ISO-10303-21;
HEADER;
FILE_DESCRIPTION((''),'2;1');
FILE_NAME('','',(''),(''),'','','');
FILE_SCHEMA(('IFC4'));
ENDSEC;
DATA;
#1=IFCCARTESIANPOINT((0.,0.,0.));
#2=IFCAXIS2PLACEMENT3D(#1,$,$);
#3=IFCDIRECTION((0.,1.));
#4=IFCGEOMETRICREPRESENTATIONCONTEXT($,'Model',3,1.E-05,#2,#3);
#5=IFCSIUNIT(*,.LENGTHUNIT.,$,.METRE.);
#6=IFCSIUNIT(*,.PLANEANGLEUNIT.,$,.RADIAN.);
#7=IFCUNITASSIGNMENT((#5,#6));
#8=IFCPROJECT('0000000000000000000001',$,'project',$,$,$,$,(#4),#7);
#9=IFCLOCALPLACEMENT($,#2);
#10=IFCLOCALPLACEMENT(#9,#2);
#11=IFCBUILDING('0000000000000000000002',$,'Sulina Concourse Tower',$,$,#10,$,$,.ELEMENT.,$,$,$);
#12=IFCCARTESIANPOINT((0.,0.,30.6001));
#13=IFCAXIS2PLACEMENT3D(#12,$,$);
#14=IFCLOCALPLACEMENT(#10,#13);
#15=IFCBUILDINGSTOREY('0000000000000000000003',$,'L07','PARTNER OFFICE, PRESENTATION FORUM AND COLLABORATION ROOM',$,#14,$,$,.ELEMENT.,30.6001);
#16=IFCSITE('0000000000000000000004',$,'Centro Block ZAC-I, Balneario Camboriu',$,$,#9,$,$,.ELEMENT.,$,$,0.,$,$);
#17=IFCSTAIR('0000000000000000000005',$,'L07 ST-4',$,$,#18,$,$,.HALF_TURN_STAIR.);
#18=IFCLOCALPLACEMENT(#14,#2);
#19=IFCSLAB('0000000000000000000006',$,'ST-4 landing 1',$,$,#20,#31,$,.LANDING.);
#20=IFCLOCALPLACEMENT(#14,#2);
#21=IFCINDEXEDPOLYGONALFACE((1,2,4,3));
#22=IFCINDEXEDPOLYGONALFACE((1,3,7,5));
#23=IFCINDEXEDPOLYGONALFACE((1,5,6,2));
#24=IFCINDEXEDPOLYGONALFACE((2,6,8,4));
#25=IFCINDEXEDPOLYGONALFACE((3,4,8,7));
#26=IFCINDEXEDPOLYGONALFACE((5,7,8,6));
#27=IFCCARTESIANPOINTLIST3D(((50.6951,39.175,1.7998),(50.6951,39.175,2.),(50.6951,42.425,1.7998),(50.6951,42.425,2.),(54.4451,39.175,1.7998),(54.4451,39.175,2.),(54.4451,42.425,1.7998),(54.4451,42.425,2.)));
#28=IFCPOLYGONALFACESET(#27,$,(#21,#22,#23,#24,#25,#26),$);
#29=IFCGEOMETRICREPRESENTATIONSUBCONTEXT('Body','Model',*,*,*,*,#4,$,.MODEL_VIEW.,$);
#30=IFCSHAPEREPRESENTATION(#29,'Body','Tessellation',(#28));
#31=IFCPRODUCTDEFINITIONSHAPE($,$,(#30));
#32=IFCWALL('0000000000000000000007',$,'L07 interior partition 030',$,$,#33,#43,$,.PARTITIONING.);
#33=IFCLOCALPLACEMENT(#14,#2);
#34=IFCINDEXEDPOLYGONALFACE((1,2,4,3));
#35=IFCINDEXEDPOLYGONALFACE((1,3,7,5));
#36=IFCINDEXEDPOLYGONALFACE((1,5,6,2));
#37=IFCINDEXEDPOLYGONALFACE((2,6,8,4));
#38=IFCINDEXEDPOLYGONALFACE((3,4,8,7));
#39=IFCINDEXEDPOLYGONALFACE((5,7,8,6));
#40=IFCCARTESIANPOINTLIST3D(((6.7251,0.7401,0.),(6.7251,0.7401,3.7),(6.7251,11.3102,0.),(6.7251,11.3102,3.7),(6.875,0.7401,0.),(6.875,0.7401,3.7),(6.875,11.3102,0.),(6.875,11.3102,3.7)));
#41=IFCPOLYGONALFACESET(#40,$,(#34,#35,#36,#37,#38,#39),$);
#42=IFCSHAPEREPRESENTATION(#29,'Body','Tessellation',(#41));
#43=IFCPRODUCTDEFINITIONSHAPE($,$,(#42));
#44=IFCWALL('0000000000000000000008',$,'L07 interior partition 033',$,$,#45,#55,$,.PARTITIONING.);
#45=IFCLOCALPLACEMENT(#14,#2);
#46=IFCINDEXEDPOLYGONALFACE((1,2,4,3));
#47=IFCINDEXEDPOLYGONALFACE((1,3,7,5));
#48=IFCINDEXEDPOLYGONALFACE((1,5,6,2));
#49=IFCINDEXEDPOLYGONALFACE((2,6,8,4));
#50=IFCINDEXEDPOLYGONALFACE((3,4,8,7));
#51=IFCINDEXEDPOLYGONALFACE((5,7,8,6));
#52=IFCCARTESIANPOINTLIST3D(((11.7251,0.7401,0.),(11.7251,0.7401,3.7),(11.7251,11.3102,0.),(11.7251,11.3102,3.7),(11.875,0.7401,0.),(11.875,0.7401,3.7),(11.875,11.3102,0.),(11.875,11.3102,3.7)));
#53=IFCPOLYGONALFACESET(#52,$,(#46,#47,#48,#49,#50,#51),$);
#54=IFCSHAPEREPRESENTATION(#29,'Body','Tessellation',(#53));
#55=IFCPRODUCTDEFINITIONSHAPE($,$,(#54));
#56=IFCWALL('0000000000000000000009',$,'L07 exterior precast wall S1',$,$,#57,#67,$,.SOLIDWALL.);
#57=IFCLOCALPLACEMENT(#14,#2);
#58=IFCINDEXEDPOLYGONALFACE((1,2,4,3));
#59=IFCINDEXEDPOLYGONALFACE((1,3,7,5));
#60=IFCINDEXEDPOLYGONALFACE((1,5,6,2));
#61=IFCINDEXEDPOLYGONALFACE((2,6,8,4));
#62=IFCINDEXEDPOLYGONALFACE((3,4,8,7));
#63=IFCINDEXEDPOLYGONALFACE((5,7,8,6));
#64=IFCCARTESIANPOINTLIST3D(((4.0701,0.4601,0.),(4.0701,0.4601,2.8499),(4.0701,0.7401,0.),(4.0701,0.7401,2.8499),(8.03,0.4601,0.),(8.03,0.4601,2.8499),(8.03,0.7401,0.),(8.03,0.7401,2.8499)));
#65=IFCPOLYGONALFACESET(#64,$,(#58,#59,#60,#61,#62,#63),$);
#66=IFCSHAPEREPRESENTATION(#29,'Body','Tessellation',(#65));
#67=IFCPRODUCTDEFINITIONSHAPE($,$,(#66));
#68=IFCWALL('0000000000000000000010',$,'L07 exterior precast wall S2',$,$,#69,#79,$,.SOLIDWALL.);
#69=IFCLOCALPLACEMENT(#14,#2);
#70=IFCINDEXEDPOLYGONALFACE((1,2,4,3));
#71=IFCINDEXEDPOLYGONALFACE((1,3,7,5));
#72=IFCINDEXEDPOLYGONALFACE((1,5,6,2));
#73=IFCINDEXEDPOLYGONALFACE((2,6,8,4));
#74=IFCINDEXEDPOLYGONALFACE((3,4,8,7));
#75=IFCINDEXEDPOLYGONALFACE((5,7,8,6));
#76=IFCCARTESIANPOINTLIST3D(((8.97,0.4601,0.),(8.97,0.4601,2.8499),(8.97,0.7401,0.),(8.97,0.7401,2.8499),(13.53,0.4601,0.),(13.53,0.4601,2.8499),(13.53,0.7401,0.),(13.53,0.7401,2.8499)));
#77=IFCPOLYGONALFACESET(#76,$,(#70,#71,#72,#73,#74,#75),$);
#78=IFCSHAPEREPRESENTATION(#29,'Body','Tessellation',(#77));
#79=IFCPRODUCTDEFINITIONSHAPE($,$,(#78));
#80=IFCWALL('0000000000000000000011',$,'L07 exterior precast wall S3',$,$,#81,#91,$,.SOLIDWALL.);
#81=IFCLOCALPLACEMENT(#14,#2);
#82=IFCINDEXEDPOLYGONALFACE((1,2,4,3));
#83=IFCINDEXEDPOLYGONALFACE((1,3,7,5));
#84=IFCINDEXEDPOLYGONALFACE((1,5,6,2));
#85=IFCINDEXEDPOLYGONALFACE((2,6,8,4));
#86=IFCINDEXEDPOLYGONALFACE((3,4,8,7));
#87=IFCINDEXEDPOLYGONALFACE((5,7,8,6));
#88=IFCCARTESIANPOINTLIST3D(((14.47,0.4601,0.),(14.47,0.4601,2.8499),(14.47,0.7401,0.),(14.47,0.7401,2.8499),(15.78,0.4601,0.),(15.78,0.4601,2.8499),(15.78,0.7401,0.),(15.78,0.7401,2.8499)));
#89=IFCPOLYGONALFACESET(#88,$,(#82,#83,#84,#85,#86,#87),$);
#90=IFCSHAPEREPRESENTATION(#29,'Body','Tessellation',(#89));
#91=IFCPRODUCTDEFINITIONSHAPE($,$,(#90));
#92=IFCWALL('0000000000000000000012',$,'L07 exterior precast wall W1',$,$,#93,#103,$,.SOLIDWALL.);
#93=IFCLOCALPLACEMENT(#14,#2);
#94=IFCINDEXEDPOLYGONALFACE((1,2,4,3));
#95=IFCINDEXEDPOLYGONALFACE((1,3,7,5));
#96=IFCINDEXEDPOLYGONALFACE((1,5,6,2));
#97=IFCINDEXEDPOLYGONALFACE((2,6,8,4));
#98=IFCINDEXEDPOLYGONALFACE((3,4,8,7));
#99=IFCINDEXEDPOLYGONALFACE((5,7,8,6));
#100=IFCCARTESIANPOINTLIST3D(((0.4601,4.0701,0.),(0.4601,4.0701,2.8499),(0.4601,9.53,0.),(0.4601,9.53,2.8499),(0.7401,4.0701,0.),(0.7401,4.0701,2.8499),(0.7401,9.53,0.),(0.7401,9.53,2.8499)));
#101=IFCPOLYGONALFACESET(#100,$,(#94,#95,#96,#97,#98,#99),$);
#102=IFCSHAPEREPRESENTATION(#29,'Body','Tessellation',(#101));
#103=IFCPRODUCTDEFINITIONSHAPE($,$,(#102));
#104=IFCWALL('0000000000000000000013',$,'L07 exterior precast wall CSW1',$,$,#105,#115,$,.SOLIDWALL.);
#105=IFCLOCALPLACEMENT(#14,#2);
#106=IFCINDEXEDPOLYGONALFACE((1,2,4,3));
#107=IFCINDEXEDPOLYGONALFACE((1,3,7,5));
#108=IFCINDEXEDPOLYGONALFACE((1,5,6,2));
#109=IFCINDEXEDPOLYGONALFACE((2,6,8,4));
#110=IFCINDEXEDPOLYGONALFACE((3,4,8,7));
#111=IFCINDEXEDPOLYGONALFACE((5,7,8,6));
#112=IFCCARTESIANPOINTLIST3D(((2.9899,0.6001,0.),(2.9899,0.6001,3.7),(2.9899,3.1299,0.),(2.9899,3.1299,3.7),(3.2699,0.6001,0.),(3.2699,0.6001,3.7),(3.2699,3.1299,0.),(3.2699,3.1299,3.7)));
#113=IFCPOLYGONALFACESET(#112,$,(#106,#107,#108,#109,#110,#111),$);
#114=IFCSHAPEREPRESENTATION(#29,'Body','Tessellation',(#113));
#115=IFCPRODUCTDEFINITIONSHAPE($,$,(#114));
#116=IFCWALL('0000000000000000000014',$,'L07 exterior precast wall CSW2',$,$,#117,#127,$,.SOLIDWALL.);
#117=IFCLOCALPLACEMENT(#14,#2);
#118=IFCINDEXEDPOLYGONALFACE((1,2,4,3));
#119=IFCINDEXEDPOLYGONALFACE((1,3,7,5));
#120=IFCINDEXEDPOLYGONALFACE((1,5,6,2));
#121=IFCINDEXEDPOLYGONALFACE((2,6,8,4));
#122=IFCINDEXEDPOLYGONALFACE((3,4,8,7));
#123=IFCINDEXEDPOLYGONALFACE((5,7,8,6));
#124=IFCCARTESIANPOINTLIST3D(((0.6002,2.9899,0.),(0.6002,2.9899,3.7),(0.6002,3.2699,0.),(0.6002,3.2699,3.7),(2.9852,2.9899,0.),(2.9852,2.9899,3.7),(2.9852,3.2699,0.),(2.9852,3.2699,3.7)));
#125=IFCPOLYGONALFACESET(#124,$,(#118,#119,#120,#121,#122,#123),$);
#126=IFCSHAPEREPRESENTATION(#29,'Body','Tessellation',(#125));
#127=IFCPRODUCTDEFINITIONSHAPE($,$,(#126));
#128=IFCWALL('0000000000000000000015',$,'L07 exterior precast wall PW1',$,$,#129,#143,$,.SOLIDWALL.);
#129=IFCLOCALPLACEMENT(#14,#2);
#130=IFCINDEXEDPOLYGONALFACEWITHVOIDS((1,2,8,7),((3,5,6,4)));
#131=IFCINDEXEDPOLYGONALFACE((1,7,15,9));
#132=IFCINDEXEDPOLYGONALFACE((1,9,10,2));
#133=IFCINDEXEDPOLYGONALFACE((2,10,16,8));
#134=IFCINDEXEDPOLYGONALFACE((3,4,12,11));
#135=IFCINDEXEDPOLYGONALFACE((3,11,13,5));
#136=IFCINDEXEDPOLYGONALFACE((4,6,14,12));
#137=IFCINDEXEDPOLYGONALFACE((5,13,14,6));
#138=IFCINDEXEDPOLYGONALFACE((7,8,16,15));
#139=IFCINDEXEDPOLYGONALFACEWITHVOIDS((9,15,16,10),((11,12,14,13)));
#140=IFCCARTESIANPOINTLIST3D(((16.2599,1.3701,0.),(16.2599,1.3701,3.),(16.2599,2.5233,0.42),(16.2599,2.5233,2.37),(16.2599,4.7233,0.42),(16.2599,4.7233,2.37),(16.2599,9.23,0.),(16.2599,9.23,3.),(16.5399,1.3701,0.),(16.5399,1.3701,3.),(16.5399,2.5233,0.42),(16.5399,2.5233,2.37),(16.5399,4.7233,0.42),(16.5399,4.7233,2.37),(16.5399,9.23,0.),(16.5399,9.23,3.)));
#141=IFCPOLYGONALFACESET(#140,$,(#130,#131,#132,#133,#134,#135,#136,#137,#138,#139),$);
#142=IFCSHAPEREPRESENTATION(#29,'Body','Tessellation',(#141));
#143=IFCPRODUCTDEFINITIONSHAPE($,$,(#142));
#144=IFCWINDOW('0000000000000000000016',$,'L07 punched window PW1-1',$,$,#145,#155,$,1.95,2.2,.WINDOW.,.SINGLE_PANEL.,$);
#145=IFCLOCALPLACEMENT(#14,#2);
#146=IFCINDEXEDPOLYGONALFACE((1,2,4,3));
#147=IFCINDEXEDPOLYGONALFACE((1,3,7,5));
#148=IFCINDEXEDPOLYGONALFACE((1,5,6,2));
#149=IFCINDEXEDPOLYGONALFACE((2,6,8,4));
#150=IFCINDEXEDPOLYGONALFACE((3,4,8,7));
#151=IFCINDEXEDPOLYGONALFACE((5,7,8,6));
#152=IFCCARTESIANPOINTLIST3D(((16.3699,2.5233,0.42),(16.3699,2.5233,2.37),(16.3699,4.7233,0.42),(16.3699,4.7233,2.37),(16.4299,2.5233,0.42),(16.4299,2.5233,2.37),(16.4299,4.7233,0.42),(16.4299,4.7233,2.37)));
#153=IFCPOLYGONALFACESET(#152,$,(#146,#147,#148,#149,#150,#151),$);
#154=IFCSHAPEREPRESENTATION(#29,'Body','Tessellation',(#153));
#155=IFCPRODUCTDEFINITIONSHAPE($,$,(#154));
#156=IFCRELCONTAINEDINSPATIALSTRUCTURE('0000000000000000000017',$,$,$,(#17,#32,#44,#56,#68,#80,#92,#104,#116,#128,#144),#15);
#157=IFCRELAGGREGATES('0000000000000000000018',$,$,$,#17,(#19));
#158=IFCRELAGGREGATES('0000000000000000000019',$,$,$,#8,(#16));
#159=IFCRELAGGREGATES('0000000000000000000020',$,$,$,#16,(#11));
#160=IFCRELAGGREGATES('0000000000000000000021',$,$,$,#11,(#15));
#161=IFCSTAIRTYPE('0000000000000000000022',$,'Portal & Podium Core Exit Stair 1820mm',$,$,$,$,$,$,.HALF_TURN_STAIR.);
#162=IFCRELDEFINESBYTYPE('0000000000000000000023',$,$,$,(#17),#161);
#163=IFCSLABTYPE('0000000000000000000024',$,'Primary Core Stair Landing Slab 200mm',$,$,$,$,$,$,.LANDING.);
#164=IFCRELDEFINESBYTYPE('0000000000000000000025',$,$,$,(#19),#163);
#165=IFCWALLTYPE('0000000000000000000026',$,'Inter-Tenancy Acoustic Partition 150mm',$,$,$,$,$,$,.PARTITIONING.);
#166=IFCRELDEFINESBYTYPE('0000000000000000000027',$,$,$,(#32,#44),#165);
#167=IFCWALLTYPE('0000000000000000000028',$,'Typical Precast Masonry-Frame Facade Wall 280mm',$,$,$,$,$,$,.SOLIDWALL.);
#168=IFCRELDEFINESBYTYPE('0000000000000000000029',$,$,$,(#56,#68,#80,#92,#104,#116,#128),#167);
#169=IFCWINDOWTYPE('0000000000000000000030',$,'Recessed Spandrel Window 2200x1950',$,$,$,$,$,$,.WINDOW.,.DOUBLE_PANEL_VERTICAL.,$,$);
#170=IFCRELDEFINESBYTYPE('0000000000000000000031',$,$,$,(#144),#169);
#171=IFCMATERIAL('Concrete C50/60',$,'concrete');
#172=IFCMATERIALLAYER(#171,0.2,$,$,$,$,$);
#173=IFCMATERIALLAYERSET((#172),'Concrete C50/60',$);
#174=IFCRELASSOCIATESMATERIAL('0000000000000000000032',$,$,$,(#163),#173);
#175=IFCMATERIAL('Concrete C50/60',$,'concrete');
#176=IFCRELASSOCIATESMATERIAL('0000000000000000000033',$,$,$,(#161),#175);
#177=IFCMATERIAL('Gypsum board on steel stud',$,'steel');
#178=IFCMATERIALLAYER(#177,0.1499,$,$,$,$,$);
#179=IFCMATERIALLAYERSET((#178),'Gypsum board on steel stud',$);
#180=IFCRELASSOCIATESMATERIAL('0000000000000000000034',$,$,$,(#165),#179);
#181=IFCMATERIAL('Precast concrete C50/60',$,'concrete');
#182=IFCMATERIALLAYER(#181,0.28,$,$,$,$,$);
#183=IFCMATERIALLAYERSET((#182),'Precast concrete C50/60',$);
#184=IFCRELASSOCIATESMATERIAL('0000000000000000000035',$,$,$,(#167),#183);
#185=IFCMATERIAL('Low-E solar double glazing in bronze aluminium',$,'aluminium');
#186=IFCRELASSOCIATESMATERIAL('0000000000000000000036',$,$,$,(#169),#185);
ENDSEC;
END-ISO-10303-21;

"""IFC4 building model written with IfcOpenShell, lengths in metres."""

from ifc_helpers import new_model, si_unit, direction, frame, frame_2d, origin, place, context, subcontext, project, spatial, polyline, rectangle, outline, extrude, material, layer, layer_set, type_object, element, fill, aggregate, save


model = new_model("IFC4")

# Units and contexts
model_context = context("Model", 3, precision=1e-05, world=origin(), true_north=direction((0.0, 1.0)))
body_context = subcontext(model_context, "Body", "Model", "MODEL_VIEW")
ifc_project = project(units=[si_unit("LENGTHUNIT", "METRE"), si_unit("PLANEANGLEUNIT", "RADIAN")], contexts=[model_context])

# Site, building, storey
site_placement = place(None, origin())
site = spatial("IfcSite", under=ifc_project, at=site_placement, Name="Centro Block ZAC-I, Balneario Camboriu", CompositionType="ELEMENT", RefElevation=0.0)
building_placement = place(site_placement, origin())
building = spatial("IfcBuilding", under=site, at=building_placement, Name="Sulina Concourse Tower", CompositionType="ELEMENT")
storey_placement = place(building_placement, frame((0.0, 0.0, 30.6001)))
storey = spatial("IfcBuildingStorey", under=building, at=storey_placement, Name="L07", Description="PARTNER OFFICE, PRESENTATION FORUM AND COLLABORATION ROOM", CompositionType="ELEMENT", Elevation=30.6001)

# Shared definitions
ifc_material_1 = material(Name="Concrete C50/60", Category="concrete")
ifc_layer_1 = layer(ifc_material_1, 0.2)
ifc_layer_set_1 = layer_set([ifc_layer_1], Name="Concrete C50/60")
slab_type_1 = type_object("IfcSlabType", Name="Primary Core Stair Landing Slab 200mm", PredefinedType="LANDING", material=ifc_layer_set_1)

# Stair, slab
ifc_material_2 = material(Name="Concrete C50/60", Category="concrete")
stair_type_1 = type_object("IfcStairType", Name="Portal & Podium Core Exit Stair 1820mm", PredefinedType="HALF_TURN_STAIR", material=ifc_material_2)
stair_1_placement = place(storey_placement, origin())
stair_1 = element("IfcStair", 1, at=stair_1_placement, inside=storey, type_object=stair_type_1, Name="L07 ST-4", PredefinedType="HALF_TURN_STAIR")
slab_1_placement = place(storey_placement, frame((0.0, 0.0, 1.7998)))
slab_1 = element("IfcSlab", 2, at=slab_1_placement, type_object=slab_type_1, Name="ST-4 landing 1", PredefinedType="LANDING", context=body_context, shape_type="SweptSolid", body=[
    extrude(outline(polyline([(54.4451, 39.175), (54.4451, 42.425), (50.6951, 42.425), (50.6951, 39.175), (54.4451, 39.175)])), origin(), (0.0, 0.0, 1.0), 0.2002),
])
aggregate(stair_1, [slab_1])

# Walls
ifc_material_3 = material(Name="Gypsum board on steel stud", Category="steel")
ifc_layer_2 = layer(ifc_material_3, 0.1499)
ifc_layer_set_2 = layer_set([ifc_layer_2], Name="Gypsum board on steel stud")
wall_type_1 = type_object("IfcWallType", Name="Inter-Tenancy Acoustic Partition 150mm", PredefinedType="PARTITIONING", material=ifc_layer_set_2)
for number, where, z_axis, x_axis, name in (
    (3, (6.8, 0.74, 0.0), (0.0, 0.0, 1.0), (0.0, 1.0, 0.0), "L07 interior partition 030"),
    (4, (11.8, 0.74, 0.0), (0.0, 0.0, 1.0), (0.0, 1.0, 0.0), "L07 interior partition 033"),
):
    element("IfcWall", number, at=place(storey_placement, frame(where, z_axis=z_axis, x_axis=x_axis)), inside=storey, type_object=wall_type_1, Name=name, PredefinedType="PARTITIONING", context=body_context, shape_type="SweptSolid", body=[
        extrude(rectangle(XDim=10.5701, YDim=0.1499, at=frame_2d((5.2852, 0.0))), origin(), (0.0, 0.0, 1.0), 3.7),
    ])
ifc_material_4 = material(Name="Precast concrete C50/60", Category="concrete")
ifc_layer_3 = layer(ifc_material_4, 0.28)
ifc_layer_set_3 = layer_set([ifc_layer_3], Name="Precast concrete C50/60")
wall_type_2 = type_object("IfcWallType", Name="Typical Precast Masonry-Frame Facade Wall 280mm", PredefinedType="SOLIDWALL", material=ifc_layer_set_3)
wall_1_placement = place(storey_placement, frame((8.03, 0.6001, 0.0), z_axis=(0.0, 0.0, 1.0), x_axis=(-1.0, 0.0, 0.0)))
element("IfcWall", 5, at=wall_1_placement, inside=storey, type_object=wall_type_2, Name="L07 exterior precast wall S1", PredefinedType="SOLIDWALL", context=body_context, shape_type="SweptSolid", body=[
    extrude(rectangle(XDim=3.96, YDim=0.28, at=frame_2d((1.98, 0.0))), origin(), (0.0, 0.0, 1.0), 2.8499),
])
wall_2_placement = place(storey_placement, frame((13.53, 0.6001, 0.0), z_axis=(0.0, 0.0, 1.0), x_axis=(-1.0, 0.0, 0.0)))
element("IfcWall", 6, at=wall_2_placement, inside=storey, type_object=wall_type_2, Name="L07 exterior precast wall S2", PredefinedType="SOLIDWALL", context=body_context, shape_type="SweptSolid", body=[
    extrude(rectangle(XDim=4.5601, YDim=0.28, at=frame_2d((2.28, 0.0))), origin(), (0.0, 0.0, 1.0), 2.8499),
])
wall_3_placement = place(storey_placement, frame((15.78, 0.6001, 0.0), z_axis=(0.0, 0.0, 1.0), x_axis=(-1.0, 0.0, 0.0)))
element("IfcWall", 7, at=wall_3_placement, inside=storey, type_object=wall_type_2, Name="L07 exterior precast wall S3", PredefinedType="SOLIDWALL", context=body_context, shape_type="SweptSolid", body=[
    extrude(rectangle(XDim=1.3101, YDim=0.28, at=frame_2d((0.655, 0.0))), origin(), (0.0, 0.0, 1.0), 2.8499),
])
wall_4_placement = place(storey_placement, frame((0.6001, 4.0701, 0.0), z_axis=(0.0, 0.0, 1.0), x_axis=(0.0, 1.0, 0.0)))
element("IfcWall", 8, at=wall_4_placement, inside=storey, type_object=wall_type_2, Name="L07 exterior precast wall W1", PredefinedType="SOLIDWALL", context=body_context, shape_type="SweptSolid", body=[
    extrude(rectangle(XDim=5.46, YDim=0.28, at=frame_2d((2.73, 0.0))), origin(), (0.0, 0.0, 1.0), 2.8499),
])
wall_5_placement = place(storey_placement, frame((3.1299, 0.6001, 0.0), z_axis=(0.0, 0.0, 1.0), x_axis=(0.0, 1.0, 0.0)))
element("IfcWall", 9, at=wall_5_placement, inside=storey, type_object=wall_type_2, Name="L07 exterior precast wall CSW1", PredefinedType="SOLIDWALL", context=body_context, shape_type="SweptSolid", body=[
    extrude(rectangle(XDim=2.5298, YDim=0.28, at=frame_2d((1.2649, 0.0))), origin(), (0.0, 0.0, 1.0), 3.7),
])
wall_6_placement = place(storey_placement, frame((2.9851, 3.1299, 0.0), z_axis=(0.0, 0.0, 1.0), x_axis=(-1.0, 0.0, 0.0)))
element("IfcWall", 10, at=wall_6_placement, inside=storey, type_object=wall_type_2, Name="L07 exterior precast wall CSW2", PredefinedType="SOLIDWALL", context=body_context, shape_type="SweptSolid", body=[
    extrude(rectangle(XDim=2.385, YDim=0.28, at=frame_2d((1.1924, 0.0))), origin(), (0.0, 0.0, 1.0), 3.7),
])

# Wall, opening, window
wall_7_placement = place(storey_placement, frame((16.3999, 9.23, 0.0), z_axis=(0.0, 0.0, 1.0), x_axis=(0.0, -1.0, 0.0)))
wall_7 = element("IfcWall", 11, at=wall_7_placement, inside=storey, type_object=wall_type_2, Name="L07 exterior precast wall PW1", PredefinedType="SOLIDWALL", context=body_context, shape_type="SweptSolid", body=[
    extrude(rectangle(XDim=7.8599, YDim=0.28, at=frame_2d((3.9299, 0.0))), origin(), (0.0, 0.0, 1.0), 3.0),
])
opening_placement = place(wall_7_placement, frame((4.5066, 0.0, 0.4199)))
opening = element("IfcOpeningElement", 12, at=opening_placement, cuts=wall_7, PredefinedType="OPENING", context=body_context, shape_type="SweptSolid", body=[
    extrude(rectangle(XDim=2.2, YDim=1.95, at=frame_2d((1.1001, 0.9751))), frame((0.0, 0.1499, 0.0), z_axis=(0.0, -1.0, 0.0), x_axis=(1.0, 0.0, 0.0)), (0.0, 0.0, 1.0), 0.3),
])
ifc_material_5 = material(Name="Low-E solar double glazing in bronze aluminium", Category="aluminium")
window_type = type_object("IfcWindowType", Name="Recessed Spandrel Window 2200x1950", PartitioningType="DOUBLE_PANEL_VERTICAL", PredefinedType="WINDOW", material=ifc_material_5)
window_placement = place(opening_placement, origin())
window = element("IfcWindow", 13, at=window_placement, inside=storey, type_object=window_type, Name="L07 punched window PW1-1", OverallHeight=1.95, OverallWidth=2.2, PartitioningType="SINGLE_PANEL", PredefinedType="WINDOW", context=body_context, shape_type="SweptSolid", body=[
    extrude(rectangle(XDim=2.2, YDim=1.95, at=frame_2d((1.1001, 0.9751))), frame((0.0, 0.03, 0.0), z_axis=(0.0, -1.0, 0.0), x_axis=(1.0, 0.0, 0.0)), (0.0, 0.0, 1.0), 0.0601),
])
fill(opening, window)

save(model, "model.ifc")
